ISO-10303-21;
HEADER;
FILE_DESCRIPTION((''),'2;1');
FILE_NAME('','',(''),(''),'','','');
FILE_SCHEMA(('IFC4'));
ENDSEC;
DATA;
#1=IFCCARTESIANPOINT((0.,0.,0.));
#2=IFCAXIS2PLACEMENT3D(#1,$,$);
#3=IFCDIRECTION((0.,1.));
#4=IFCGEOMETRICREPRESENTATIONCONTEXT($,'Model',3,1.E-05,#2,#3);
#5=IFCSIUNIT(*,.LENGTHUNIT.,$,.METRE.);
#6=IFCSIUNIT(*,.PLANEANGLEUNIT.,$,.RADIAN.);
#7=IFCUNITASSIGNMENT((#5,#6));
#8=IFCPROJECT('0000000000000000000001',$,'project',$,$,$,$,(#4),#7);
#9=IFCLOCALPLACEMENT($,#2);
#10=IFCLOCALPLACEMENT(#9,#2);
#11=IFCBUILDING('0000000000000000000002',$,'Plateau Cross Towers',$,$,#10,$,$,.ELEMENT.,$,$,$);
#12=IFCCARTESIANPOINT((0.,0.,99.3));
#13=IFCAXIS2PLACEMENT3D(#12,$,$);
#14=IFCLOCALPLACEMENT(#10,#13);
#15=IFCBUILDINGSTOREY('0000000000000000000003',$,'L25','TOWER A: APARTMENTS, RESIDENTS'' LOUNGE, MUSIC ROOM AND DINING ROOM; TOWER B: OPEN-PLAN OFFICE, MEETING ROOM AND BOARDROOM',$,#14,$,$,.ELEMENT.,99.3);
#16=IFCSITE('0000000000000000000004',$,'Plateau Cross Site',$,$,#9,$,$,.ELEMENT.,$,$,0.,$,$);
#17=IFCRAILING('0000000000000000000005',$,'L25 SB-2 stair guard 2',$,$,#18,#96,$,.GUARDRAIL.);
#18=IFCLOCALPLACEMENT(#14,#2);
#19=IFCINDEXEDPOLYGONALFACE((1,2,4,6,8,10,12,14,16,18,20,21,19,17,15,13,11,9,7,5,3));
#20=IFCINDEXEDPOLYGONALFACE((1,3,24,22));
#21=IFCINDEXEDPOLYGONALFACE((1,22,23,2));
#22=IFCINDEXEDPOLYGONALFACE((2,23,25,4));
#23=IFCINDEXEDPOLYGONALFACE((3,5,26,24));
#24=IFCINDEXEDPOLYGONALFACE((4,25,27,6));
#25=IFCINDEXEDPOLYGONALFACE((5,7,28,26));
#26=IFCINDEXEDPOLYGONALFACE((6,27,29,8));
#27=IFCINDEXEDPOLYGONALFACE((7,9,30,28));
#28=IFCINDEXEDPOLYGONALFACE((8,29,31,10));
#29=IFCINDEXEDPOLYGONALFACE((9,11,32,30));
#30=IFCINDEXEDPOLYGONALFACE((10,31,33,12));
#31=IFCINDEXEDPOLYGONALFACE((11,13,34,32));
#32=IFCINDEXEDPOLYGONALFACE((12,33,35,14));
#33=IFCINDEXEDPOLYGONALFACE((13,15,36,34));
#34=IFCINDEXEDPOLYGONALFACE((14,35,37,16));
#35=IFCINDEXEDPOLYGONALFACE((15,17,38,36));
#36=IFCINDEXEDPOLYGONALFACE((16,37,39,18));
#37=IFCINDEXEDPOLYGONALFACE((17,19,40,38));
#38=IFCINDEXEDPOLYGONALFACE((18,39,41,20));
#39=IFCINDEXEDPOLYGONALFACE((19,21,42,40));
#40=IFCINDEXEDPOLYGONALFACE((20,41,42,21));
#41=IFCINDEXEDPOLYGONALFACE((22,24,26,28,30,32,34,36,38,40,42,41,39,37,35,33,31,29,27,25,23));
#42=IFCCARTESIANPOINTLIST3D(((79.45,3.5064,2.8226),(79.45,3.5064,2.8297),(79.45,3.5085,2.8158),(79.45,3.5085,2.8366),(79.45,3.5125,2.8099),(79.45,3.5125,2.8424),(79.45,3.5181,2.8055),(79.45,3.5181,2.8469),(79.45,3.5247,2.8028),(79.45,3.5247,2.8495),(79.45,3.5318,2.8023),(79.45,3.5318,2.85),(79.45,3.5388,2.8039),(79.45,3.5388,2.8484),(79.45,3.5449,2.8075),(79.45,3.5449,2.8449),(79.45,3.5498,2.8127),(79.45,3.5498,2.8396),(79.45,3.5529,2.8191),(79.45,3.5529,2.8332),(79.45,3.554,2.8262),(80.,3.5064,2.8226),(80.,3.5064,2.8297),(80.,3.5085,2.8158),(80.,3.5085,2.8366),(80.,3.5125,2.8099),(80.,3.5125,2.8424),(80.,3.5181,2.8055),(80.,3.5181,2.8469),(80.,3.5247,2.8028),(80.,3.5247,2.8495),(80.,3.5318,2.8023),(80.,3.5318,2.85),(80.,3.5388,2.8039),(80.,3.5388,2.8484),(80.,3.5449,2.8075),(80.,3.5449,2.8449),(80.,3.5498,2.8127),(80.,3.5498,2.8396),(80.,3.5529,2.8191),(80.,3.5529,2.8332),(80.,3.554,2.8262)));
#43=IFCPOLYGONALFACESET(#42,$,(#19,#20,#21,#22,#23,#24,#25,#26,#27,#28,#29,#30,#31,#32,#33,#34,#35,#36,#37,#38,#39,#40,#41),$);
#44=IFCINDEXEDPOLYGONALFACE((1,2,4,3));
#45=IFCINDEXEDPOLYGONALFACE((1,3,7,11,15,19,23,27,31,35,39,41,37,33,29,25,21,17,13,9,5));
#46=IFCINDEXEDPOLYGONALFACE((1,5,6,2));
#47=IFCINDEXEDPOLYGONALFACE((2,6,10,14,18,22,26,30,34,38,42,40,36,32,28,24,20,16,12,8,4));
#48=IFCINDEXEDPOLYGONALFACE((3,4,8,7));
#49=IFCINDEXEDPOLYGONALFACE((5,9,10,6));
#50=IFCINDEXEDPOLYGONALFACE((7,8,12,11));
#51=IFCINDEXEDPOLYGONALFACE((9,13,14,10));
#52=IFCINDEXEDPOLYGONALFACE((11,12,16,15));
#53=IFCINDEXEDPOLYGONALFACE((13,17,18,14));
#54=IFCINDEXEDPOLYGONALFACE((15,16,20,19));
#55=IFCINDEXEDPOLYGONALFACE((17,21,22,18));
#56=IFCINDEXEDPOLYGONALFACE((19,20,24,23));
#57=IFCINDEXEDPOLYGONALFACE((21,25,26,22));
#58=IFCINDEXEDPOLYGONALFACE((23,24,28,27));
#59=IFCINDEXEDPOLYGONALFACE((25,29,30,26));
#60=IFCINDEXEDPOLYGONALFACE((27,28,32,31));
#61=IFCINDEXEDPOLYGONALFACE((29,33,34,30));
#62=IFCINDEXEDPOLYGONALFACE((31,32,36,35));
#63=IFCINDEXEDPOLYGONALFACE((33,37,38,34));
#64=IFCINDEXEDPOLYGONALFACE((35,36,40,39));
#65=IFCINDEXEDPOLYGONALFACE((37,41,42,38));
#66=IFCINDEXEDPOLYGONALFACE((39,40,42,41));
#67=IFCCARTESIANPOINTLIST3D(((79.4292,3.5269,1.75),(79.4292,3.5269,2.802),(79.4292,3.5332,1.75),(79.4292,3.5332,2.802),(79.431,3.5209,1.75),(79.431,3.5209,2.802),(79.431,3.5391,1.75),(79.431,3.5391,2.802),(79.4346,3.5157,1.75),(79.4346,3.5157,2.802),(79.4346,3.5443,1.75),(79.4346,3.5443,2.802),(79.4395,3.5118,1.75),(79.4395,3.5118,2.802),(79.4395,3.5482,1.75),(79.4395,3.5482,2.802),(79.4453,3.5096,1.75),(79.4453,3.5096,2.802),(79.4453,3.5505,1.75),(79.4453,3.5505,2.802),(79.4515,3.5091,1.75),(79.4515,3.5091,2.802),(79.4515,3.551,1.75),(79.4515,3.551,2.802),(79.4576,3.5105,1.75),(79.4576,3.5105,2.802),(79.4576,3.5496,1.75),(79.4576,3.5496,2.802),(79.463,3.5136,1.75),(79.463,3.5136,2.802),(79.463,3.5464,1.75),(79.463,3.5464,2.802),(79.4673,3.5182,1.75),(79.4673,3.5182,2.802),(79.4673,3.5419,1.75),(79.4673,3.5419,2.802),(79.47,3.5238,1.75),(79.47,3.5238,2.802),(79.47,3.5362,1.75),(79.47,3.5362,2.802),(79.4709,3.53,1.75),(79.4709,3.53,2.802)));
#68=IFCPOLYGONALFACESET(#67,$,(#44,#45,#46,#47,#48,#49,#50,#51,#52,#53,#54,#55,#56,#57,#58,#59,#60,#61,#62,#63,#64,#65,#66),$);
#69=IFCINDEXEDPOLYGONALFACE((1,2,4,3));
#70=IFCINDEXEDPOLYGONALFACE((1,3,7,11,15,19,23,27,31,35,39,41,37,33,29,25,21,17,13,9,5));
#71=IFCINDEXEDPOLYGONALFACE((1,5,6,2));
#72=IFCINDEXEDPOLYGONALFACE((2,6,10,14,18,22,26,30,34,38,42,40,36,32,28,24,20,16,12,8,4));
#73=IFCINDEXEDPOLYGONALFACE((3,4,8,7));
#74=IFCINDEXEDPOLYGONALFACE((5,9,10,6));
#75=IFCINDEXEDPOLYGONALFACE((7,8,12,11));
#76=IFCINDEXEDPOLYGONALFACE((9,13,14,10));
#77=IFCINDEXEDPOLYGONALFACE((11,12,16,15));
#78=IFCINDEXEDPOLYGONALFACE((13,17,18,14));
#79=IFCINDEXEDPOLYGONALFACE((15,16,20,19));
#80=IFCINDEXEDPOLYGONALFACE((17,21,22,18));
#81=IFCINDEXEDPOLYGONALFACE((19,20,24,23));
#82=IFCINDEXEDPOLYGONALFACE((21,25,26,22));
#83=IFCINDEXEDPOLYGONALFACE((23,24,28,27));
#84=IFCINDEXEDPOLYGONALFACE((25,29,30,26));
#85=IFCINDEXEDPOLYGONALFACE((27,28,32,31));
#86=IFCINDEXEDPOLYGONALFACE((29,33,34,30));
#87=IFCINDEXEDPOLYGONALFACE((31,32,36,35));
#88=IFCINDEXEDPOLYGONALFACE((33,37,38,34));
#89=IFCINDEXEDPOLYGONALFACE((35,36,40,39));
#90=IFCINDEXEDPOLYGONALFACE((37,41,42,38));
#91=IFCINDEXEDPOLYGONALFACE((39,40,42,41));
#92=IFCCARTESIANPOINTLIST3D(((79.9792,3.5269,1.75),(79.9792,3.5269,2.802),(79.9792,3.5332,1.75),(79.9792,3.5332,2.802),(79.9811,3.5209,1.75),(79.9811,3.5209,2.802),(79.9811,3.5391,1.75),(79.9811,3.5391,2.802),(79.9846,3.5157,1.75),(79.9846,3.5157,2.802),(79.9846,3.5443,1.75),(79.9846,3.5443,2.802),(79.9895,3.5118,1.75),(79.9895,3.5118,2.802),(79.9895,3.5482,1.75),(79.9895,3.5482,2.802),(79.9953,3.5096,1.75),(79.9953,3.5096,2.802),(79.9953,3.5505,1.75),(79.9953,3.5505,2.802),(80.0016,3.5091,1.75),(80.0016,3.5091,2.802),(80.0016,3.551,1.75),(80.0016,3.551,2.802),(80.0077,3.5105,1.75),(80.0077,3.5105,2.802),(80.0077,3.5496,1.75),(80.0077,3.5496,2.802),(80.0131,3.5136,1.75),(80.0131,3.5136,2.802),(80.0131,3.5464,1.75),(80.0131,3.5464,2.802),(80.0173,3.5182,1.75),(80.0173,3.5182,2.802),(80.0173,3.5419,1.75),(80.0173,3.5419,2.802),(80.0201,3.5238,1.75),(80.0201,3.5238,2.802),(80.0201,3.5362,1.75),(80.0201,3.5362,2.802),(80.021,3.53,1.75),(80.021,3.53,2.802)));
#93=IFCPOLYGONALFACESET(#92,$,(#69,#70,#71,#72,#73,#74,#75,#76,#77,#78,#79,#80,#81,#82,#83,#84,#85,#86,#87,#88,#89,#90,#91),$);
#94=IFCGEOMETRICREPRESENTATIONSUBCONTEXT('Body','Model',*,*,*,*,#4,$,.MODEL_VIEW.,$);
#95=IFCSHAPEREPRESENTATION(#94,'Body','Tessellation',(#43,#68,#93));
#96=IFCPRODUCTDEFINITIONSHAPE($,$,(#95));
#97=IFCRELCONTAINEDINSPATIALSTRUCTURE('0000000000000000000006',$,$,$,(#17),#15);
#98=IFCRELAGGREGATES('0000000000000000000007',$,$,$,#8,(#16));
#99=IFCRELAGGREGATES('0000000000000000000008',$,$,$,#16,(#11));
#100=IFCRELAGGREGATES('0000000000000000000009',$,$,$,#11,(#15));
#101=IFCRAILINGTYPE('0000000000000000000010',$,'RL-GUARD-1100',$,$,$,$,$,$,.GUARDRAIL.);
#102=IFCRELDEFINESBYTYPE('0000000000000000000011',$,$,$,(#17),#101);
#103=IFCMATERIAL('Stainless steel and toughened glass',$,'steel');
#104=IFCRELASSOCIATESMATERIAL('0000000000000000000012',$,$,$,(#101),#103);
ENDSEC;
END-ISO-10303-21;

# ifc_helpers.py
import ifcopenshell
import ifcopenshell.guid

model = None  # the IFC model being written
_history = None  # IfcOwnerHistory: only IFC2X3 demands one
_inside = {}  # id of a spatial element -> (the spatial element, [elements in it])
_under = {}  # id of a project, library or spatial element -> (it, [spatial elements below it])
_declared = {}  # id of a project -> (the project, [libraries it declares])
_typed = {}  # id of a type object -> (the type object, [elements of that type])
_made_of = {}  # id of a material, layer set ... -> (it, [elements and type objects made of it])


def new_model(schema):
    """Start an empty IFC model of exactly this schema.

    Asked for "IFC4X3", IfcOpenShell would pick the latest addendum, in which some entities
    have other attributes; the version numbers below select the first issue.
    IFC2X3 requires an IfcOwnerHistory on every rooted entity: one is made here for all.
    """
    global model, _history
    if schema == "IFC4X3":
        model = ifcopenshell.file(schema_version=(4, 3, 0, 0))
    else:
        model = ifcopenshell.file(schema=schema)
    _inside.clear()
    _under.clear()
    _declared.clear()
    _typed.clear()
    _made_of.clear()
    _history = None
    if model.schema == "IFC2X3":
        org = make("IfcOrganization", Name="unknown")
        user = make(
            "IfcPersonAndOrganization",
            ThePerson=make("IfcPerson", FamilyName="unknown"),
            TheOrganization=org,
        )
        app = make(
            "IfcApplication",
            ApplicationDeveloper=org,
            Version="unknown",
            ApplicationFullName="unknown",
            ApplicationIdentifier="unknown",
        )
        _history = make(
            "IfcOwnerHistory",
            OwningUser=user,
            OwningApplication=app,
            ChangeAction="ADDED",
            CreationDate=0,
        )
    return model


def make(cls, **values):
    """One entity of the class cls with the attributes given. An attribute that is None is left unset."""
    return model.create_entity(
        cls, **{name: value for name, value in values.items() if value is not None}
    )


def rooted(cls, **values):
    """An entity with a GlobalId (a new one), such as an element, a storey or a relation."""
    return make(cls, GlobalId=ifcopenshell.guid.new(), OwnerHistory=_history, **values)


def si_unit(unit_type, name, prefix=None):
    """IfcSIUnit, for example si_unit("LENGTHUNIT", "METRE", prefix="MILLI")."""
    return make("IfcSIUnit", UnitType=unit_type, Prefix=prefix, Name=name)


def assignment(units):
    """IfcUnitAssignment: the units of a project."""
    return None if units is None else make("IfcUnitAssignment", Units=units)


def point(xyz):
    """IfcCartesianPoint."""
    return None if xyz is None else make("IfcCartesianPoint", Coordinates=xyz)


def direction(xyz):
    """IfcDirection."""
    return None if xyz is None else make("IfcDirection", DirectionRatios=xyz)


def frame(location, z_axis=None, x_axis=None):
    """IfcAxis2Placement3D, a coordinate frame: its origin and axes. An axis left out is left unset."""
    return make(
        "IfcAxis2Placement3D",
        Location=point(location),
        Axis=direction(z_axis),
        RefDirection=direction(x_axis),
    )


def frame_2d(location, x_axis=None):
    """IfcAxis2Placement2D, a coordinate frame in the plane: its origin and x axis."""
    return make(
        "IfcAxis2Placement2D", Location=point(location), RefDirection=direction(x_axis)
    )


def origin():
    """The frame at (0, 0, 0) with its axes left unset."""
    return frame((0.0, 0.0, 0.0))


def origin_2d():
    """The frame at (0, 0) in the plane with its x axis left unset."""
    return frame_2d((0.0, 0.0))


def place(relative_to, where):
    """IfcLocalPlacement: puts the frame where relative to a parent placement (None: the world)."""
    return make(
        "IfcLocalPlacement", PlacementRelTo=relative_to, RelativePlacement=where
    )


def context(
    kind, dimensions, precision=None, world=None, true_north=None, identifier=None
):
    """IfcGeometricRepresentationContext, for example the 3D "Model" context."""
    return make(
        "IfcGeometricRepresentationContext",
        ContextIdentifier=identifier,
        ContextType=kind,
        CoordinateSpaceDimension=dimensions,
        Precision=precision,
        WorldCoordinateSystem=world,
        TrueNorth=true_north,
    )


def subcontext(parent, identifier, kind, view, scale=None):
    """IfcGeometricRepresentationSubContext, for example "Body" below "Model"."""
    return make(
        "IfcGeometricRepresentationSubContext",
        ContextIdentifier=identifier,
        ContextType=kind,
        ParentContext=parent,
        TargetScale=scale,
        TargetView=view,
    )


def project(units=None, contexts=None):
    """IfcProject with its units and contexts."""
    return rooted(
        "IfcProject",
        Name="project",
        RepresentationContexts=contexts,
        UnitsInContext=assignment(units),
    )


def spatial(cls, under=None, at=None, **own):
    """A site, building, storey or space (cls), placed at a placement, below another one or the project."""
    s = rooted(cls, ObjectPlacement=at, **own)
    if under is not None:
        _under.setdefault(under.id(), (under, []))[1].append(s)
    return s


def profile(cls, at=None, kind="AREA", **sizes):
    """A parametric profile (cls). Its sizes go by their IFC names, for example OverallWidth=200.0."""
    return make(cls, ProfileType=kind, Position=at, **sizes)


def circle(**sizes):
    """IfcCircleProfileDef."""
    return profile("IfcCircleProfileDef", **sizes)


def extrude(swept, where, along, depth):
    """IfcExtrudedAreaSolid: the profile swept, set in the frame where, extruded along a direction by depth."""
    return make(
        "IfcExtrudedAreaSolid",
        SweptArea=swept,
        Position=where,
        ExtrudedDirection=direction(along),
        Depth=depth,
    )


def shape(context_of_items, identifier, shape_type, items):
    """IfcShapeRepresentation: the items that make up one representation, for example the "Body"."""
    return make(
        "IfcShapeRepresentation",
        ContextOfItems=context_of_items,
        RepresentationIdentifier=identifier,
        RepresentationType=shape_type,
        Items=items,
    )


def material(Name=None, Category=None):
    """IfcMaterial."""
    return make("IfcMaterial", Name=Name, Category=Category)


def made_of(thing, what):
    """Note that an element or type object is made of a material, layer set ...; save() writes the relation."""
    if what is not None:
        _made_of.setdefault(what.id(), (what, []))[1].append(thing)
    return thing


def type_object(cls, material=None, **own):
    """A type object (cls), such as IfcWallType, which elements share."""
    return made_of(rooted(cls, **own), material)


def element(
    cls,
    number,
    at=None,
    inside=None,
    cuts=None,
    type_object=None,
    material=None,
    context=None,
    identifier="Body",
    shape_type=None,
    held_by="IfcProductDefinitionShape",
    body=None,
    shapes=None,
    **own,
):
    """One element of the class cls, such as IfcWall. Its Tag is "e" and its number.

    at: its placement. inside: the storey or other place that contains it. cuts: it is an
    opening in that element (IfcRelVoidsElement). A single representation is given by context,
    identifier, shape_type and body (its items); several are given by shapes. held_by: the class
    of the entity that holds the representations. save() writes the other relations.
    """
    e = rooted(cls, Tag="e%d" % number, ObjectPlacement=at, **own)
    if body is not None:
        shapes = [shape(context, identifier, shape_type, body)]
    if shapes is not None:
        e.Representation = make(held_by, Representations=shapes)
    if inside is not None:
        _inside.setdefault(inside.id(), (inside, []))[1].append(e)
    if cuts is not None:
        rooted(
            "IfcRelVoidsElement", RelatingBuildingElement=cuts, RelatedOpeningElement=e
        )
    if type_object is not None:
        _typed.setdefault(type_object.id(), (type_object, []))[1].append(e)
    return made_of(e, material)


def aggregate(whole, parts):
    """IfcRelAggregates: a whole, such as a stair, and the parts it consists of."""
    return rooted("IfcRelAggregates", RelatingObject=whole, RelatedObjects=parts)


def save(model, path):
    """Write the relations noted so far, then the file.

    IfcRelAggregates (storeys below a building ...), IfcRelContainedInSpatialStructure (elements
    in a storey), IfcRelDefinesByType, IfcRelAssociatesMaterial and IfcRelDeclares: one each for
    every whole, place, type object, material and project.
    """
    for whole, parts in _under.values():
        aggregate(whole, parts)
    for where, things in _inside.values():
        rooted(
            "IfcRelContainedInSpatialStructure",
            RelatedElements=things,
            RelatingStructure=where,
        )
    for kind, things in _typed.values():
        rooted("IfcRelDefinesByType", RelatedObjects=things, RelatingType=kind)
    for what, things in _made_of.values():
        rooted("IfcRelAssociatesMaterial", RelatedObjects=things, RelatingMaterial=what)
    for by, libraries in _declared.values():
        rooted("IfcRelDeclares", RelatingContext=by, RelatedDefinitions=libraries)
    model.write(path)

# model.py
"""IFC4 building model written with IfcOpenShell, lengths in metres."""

from ifc_helpers import new_model, si_unit, direction, frame, origin, origin_2d, place, context, subcontext, project, spatial, circle, extrude, material, type_object, element, save


model = new_model("IFC4")

# Units and contexts
model_context = context("Model", 3, precision=1e-05, world=origin(), true_north=direction((0.0, 1.0)))
body_context = subcontext(model_context, "Body", "Model", "MODEL_VIEW")
ifc_project = project(units=[si_unit("LENGTHUNIT", "METRE"), si_unit("PLANEANGLEUNIT", "RADIAN")], contexts=[model_context])

# Site, building, storey
site_placement = place(None, origin())
site = spatial("IfcSite", under=ifc_project, at=site_placement, Name="Plateau Cross Site", CompositionType="ELEMENT", RefElevation=0.0)
building_placement = place(site_placement, origin())
building = spatial("IfcBuilding", under=site, at=building_placement, Name="Plateau Cross Towers", CompositionType="ELEMENT")
storey_placement = place(building_placement, frame((0.0, 0.0, 99.3)))
storey = spatial("IfcBuildingStorey", under=building, at=storey_placement, Name="L25", Description="TOWER A: APARTMENTS, RESIDENTS' LOUNGE, MUSIC ROOM AND DINING ROOM; TOWER B: OPEN-PLAN OFFICE, MEETING ROOM AND BOARDROOM", CompositionType="ELEMENT", Elevation=99.3)

# Railing
ifc_material_1 = material(Name="Stainless steel and toughened glass", Category="steel")
railing_type_1 = type_object("IfcRailingType", Name="RL-GUARD-1100", PredefinedType="GUARDRAIL", material=ifc_material_1)
railing_1_placement = place(storey_placement, frame((79.45, 3.53, 1.75)))
element("IfcRailing", 1, at=railing_1_placement, inside=storey, type_object=railing_type_1, Name="L25 SB-2 stair guard 2", PredefinedType="GUARDRAIL", context=body_context, shape_type="SweptSolid", body=[
    extrude(circle(Radius=0.0239, at=origin_2d()), frame((0.0, 0.0, 1.0762), z_axis=(1.0, 0.0, 0.0), x_axis=(0.0, 1.0, 0.0)), (0.0, 0.0, 1.0), 0.55),
    extrude(circle(Radius=0.021, at=origin_2d()), origin(), (0.0, 0.0, 1.0), 1.052),
    extrude(circle(Radius=0.021, at=origin_2d()), frame((0.55, 0.0, 0.0)), (0.0, 0.0, 1.0), 1.052),
])

save(model, "model.ifc")
